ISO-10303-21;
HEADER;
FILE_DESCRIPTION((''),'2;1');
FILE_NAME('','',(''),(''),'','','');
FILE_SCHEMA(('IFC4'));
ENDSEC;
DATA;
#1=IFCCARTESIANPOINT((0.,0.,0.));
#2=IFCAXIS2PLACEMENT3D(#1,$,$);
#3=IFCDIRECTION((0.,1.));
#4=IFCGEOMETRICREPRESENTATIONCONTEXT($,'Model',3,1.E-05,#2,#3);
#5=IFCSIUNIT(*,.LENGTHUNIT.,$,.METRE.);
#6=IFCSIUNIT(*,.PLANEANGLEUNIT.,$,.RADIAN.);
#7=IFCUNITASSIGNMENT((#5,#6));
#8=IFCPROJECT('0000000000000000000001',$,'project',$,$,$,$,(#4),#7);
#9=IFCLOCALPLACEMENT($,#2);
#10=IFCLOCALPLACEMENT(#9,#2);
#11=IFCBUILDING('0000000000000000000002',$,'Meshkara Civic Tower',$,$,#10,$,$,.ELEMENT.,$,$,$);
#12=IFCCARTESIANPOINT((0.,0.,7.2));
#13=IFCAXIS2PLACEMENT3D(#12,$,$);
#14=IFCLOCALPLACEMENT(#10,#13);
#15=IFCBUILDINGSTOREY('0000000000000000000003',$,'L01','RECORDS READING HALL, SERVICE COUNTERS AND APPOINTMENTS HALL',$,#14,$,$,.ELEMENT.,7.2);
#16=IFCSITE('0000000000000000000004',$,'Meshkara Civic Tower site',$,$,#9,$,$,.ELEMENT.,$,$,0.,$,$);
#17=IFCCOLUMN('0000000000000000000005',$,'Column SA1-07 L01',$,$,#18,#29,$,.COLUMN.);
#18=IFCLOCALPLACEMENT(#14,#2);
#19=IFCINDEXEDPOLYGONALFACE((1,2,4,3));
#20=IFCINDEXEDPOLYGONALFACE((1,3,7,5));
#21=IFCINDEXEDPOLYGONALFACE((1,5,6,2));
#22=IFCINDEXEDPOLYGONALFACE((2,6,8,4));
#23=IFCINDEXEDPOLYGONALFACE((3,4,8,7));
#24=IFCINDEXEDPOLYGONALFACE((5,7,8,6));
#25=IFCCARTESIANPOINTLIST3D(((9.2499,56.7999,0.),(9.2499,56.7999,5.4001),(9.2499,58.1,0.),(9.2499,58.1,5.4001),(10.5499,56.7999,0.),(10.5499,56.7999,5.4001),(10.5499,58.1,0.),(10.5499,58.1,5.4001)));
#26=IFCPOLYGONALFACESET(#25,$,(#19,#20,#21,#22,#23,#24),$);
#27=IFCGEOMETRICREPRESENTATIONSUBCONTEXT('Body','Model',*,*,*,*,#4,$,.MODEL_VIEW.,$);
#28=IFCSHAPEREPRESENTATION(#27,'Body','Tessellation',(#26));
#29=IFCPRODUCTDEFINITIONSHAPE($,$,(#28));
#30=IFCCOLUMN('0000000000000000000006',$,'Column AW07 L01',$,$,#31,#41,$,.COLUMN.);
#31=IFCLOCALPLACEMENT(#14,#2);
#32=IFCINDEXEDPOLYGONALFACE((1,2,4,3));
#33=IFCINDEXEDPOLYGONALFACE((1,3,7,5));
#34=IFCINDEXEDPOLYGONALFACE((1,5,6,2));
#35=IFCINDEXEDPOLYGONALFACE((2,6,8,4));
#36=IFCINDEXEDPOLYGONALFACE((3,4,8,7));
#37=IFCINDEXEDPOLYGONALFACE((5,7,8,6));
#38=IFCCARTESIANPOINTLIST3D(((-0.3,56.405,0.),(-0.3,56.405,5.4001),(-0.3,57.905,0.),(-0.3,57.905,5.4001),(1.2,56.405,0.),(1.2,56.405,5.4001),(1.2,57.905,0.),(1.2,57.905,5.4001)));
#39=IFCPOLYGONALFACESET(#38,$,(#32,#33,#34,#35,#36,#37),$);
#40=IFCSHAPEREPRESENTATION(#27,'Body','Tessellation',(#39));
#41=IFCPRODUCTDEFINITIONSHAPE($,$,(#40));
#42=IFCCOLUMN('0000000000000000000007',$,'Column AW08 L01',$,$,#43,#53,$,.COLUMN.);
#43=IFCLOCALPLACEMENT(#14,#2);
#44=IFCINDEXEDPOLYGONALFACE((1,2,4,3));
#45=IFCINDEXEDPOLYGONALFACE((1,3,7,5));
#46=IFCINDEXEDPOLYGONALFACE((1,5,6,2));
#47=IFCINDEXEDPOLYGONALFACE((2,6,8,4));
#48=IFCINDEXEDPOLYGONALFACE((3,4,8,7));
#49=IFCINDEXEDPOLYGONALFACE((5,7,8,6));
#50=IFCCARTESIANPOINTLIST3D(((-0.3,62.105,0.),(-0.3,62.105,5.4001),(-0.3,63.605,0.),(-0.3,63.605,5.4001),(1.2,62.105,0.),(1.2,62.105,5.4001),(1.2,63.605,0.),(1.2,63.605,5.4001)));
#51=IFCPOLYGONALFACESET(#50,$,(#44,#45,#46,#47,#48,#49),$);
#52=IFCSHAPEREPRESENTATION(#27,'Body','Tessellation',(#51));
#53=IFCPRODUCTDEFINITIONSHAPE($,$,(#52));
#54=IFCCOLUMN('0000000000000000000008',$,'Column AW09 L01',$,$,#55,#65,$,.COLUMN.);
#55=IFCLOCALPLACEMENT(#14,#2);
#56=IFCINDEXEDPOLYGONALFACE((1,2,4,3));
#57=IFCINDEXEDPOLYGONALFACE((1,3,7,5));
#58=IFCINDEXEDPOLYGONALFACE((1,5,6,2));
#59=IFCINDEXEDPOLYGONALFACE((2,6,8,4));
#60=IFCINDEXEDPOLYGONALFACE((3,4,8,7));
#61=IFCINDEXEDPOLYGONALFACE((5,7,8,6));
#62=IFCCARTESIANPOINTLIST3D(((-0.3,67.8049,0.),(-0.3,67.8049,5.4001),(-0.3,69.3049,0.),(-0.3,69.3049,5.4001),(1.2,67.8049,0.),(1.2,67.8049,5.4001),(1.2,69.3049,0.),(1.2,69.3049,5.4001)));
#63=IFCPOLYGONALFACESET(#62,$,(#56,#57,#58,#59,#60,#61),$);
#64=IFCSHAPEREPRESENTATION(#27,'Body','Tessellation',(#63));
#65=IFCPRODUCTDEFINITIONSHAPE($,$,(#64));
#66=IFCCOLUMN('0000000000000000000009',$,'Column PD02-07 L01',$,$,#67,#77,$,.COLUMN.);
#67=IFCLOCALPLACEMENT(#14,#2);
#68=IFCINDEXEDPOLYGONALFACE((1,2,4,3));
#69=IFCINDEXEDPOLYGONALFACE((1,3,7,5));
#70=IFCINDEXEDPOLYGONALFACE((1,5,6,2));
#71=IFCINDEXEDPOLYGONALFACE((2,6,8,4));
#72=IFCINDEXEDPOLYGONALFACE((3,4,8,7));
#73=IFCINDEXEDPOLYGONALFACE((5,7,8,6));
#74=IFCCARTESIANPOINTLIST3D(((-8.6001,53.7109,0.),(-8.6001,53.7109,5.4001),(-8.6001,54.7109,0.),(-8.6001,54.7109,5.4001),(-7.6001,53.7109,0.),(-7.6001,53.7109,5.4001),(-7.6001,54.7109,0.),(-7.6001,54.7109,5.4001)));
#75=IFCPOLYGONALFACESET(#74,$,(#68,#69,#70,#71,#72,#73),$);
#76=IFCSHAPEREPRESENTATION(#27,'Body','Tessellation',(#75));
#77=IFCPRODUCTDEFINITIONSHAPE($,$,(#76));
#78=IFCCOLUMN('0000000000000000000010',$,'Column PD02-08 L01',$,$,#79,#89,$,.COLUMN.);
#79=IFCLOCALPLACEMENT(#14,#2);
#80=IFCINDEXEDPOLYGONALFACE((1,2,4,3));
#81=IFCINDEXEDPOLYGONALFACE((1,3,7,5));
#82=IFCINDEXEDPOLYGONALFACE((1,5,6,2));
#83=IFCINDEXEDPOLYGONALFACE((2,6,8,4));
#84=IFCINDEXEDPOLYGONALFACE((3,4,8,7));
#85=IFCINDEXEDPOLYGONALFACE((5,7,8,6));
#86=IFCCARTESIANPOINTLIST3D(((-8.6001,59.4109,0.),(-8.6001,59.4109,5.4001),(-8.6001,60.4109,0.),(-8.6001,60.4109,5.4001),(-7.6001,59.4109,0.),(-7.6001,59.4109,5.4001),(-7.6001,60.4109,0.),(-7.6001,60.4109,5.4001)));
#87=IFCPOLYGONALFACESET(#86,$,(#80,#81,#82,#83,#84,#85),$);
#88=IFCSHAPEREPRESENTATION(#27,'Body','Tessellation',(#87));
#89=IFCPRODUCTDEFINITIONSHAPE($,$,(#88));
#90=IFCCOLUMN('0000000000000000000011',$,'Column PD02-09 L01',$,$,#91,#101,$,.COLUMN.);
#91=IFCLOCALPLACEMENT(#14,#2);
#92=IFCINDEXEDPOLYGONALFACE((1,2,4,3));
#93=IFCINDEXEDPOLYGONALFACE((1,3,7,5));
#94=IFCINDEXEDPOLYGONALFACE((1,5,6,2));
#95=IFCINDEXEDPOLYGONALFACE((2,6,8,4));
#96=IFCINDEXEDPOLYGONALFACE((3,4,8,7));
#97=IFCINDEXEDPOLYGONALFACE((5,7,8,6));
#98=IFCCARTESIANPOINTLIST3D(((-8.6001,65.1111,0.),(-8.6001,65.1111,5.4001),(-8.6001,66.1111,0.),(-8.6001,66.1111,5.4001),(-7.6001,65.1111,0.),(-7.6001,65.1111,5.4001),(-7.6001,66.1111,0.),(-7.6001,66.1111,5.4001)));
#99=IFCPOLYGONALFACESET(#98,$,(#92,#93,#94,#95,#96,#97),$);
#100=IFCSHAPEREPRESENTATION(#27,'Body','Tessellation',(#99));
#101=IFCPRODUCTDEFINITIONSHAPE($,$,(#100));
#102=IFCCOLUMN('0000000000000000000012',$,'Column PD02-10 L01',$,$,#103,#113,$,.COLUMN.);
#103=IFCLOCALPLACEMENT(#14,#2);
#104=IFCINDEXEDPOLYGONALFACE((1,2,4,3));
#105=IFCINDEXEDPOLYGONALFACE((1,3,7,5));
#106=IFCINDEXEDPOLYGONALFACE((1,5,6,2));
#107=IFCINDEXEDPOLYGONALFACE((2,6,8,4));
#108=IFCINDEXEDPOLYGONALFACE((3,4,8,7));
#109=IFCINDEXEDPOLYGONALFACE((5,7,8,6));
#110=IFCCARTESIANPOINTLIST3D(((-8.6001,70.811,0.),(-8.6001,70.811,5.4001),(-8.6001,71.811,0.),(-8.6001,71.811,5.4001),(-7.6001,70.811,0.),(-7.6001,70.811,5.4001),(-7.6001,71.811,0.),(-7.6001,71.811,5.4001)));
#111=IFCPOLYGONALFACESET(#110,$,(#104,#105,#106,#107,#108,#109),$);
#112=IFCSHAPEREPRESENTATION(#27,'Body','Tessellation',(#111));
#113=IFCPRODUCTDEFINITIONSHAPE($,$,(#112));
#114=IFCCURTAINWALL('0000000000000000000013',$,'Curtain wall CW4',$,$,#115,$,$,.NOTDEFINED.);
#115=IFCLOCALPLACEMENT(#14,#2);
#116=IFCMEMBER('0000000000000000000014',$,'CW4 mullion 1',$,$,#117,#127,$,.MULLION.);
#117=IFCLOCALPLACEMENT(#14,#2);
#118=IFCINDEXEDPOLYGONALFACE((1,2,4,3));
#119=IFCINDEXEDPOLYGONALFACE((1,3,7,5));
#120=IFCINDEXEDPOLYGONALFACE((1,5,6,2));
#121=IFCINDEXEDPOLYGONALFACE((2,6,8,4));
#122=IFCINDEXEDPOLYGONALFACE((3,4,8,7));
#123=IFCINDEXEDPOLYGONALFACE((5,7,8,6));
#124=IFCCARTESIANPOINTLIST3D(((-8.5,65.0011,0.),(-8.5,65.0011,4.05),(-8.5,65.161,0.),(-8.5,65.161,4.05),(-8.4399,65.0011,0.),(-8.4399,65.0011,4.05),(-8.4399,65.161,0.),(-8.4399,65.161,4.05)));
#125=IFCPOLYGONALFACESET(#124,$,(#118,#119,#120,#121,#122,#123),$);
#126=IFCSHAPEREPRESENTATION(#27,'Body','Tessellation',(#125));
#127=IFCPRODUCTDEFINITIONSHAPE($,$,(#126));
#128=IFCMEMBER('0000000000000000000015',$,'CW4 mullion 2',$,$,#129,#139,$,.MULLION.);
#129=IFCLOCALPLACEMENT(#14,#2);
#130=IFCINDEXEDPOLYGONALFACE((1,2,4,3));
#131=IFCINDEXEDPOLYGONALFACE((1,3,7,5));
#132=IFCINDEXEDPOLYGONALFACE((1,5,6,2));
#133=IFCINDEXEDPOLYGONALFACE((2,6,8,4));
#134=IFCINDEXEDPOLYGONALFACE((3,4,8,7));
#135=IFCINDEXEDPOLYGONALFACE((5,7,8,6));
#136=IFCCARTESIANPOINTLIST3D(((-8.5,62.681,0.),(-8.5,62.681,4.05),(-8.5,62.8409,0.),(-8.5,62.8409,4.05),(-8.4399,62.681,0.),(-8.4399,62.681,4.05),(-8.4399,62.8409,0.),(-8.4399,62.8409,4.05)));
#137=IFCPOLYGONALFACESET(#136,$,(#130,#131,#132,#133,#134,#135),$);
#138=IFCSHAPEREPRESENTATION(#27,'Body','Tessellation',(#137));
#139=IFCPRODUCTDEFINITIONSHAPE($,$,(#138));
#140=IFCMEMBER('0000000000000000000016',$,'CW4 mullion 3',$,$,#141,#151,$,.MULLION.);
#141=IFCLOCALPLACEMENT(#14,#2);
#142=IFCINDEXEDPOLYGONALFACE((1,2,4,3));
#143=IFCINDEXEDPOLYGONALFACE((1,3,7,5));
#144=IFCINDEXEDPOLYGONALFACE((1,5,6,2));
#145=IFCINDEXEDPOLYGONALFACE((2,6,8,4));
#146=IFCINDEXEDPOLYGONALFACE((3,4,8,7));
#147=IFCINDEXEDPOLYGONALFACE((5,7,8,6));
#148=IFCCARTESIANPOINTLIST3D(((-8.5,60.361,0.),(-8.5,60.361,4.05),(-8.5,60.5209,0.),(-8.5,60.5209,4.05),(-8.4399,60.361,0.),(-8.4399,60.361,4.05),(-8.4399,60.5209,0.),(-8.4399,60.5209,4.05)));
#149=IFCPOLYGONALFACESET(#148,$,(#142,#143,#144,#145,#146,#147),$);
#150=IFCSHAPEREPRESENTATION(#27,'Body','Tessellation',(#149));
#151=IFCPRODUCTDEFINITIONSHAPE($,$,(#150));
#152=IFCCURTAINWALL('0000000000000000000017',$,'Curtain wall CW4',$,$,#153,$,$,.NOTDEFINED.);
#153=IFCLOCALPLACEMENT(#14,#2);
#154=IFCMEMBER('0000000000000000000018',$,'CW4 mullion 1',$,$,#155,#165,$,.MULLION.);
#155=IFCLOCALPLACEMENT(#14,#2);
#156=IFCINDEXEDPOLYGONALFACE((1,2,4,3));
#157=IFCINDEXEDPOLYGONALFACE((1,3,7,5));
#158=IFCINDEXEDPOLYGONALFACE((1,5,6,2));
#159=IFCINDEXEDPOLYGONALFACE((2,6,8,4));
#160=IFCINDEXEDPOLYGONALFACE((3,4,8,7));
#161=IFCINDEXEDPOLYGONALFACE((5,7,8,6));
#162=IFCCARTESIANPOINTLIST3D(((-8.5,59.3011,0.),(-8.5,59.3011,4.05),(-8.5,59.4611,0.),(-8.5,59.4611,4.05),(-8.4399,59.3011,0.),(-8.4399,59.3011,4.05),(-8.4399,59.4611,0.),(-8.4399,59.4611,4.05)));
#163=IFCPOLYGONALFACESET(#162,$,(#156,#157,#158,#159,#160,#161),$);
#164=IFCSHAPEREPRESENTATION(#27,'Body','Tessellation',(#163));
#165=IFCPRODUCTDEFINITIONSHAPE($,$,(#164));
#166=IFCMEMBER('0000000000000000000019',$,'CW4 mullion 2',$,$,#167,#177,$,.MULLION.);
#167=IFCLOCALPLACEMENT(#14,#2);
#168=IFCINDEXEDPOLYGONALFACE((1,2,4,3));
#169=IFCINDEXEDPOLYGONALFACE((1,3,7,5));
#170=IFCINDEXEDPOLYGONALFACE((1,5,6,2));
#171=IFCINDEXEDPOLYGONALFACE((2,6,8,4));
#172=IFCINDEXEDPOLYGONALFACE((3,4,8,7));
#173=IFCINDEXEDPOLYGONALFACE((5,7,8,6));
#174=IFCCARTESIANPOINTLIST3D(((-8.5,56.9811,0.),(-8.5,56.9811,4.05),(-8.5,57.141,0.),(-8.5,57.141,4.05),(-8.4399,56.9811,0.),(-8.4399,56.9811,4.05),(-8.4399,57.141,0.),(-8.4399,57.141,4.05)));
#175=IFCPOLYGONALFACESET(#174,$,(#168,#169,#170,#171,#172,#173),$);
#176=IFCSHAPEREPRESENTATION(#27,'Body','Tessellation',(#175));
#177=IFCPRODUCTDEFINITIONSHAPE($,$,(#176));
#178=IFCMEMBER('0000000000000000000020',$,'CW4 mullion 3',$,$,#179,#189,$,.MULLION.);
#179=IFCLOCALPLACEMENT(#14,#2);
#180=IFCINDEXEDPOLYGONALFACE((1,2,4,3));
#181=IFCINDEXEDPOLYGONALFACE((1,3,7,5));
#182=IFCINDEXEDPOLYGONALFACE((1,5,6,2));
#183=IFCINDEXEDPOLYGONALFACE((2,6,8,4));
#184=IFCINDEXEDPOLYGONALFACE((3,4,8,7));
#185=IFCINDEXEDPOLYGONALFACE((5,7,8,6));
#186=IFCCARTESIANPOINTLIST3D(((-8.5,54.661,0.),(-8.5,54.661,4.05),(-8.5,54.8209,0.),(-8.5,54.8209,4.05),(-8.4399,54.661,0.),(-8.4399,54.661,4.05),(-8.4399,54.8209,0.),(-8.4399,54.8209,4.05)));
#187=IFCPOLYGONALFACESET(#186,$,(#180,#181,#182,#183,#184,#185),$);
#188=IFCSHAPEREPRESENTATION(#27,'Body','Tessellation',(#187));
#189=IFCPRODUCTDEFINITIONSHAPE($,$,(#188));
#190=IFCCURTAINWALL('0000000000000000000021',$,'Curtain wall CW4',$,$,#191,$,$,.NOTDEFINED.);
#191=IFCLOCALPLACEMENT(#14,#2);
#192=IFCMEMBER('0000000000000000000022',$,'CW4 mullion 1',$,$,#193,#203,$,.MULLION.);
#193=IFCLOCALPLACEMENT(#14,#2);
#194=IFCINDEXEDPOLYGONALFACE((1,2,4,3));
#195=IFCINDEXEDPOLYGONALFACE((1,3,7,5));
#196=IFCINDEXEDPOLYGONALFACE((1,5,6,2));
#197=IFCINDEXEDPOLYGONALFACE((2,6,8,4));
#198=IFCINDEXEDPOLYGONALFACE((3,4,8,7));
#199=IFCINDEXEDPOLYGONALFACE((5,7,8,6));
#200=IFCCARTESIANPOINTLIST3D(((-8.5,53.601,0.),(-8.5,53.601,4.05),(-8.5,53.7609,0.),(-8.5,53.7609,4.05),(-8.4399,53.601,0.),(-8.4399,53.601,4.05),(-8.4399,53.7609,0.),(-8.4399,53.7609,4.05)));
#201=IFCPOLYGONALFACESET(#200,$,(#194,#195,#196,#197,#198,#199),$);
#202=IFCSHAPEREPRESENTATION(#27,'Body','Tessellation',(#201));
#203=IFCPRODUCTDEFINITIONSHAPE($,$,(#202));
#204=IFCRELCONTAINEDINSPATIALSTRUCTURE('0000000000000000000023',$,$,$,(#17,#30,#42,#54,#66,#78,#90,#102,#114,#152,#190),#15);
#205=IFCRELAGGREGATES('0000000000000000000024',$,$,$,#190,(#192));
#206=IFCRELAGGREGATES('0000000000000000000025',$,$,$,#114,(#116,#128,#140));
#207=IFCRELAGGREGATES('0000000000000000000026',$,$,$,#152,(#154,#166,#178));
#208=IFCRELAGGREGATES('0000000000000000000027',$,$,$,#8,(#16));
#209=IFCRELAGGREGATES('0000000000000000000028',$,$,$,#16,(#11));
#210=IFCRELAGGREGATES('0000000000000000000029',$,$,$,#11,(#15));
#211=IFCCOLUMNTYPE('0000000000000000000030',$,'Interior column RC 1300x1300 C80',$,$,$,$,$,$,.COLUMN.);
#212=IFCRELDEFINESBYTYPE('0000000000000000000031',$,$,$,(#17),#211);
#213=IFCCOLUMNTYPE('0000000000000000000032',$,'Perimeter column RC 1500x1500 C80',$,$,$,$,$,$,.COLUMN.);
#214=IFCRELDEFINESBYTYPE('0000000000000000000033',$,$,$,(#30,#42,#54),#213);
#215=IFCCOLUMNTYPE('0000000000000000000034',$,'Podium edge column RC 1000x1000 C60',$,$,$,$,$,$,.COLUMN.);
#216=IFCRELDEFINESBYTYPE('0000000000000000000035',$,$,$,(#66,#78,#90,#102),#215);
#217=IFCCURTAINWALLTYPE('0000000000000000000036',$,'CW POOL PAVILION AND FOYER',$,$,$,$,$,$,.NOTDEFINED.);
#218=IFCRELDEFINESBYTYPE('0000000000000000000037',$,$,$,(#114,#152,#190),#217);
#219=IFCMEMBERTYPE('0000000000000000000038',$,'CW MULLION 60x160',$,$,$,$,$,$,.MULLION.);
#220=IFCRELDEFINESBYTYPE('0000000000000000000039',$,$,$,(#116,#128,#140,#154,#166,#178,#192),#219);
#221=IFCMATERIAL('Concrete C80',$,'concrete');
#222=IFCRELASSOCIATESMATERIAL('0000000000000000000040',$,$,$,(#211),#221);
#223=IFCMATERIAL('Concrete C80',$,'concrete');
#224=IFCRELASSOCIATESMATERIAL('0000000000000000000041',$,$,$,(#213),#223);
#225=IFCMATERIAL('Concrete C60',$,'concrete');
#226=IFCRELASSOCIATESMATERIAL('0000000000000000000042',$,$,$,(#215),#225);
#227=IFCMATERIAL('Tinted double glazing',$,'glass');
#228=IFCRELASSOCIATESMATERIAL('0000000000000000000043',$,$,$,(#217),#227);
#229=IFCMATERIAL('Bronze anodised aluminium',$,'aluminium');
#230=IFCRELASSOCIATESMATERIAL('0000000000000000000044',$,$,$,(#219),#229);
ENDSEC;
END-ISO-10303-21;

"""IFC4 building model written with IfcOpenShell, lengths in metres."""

from ifc_helpers import new_model, si_unit, direction, frame, origin, origin_2d, place, context, subcontext, project, spatial, rectangle, extrude, material, material_profile, profile_set, type_object, element, aggregate, save


model = new_model("IFC4")

# Units and contexts
model_context = context("Model", 3, precision=1e-05, world=origin(), true_north=direction((0.0, 1.0)))
body_context = subcontext(model_context, "Body", "Model", "MODEL_VIEW")
ifc_project = project(units=[si_unit("LENGTHUNIT", "METRE"), si_unit("PLANEANGLEUNIT", "RADIAN")], contexts=[model_context])

# Site, building, storey
site_placement = place(None, origin())
site = spatial("IfcSite", under=ifc_project, at=site_placement, Name="Meshkara Civic Tower site", CompositionType="ELEMENT", RefElevation=0.0)
building_placement = place(site_placement, origin())
building = spatial("IfcBuilding", under=site, at=building_placement, Name="Meshkara Civic Tower", CompositionType="ELEMENT")
storey_placement = place(building_placement, frame((0.0, 0.0, 7.2)))
storey = spatial("IfcBuildingStorey", under=building, at=storey_placement, Name="L01", Description="RECORDS READING HALL, SERVICE COUNTERS AND APPOINTMENTS HALL", CompositionType="ELEMENT", Elevation=7.2)

# Columns
ifc_material_1 = material(Name="Concrete C80", Category="concrete")
ifc_material_profile_1 = material_profile(ifc_material_1, rectangle(XDim=1.3, YDim=1.3, at=origin_2d()))
ifc_profile_set_1 = profile_set([ifc_material_profile_1], Name="Concrete C80")
column_type_1 = type_object("IfcColumnType", Name="Interior column RC 1300x1300 C80", PredefinedType="COLUMN", material=ifc_profile_set_1)
column_placement = place(storey_placement, frame((9.8999, 57.45, 0.0), z_axis=(0.0, 0.0, 1.0), x_axis=(1.0, 0.0, 0.0)))
element("IfcColumn", 1, at=column_placement, inside=storey, type_object=column_type_1, Name="Column SA1-07 L01", PredefinedType="COLUMN", context=body_context, shape_type="SweptSolid", body=[
    extrude(rectangle(XDim=1.3, YDim=1.3, at=origin_2d()), origin(), (0.0, 0.0, 1.0), 5.4001),
])
ifc_material_2 = material(Name="Concrete C80", Category="concrete")
ifc_material_profile_2 = material_profile(ifc_material_2, rectangle(XDim=1.5, YDim=1.5, at=origin_2d()))
ifc_profile_set_2 = profile_set([ifc_material_profile_2], Name="Concrete C80")
column_type_2 = type_object("IfcColumnType", Name="Perimeter column RC 1500x1500 C80", PredefinedType="COLUMN", material=ifc_profile_set_2)
for number, where, z_axis, x_axis, name in (
    (2, (0.45, 57.155, 0.0), (0.0, 0.0, 1.0), (1.0, 0.0, 0.0), "Column AW07 L01"),
    (3, (0.45, 62.855, 0.0), (0.0, 0.0, 1.0), (1.0, 0.0, 0.0), "Column AW08 L01"),
    (4, (0.45, 68.5549, 0.0), (0.0, 0.0, 1.0), (1.0, 0.0, 0.0), "Column AW09 L01"),
):
    element("IfcColumn", number, at=place(storey_placement, frame(where, z_axis=z_axis, x_axis=x_axis)), inside=storey, type_object=column_type_2, Name=name, PredefinedType="COLUMN", context=body_context, shape_type="SweptSolid", body=[
        extrude(rectangle(XDim=1.5, YDim=1.5, at=origin_2d()), origin(), (0.0, 0.0, 1.0), 5.4001),
    ])
ifc_material_3 = material(Name="Concrete C60", Category="concrete")
ifc_material_profile_3 = material_profile(ifc_material_3, rectangle(XDim=1.0, YDim=1.0, at=origin_2d()))
ifc_profile_set_3 = profile_set([ifc_material_profile_3], Name="Concrete C60")
column_type_3 = type_object("IfcColumnType", Name="Podium edge column RC 1000x1000 C60", PredefinedType="COLUMN", material=ifc_profile_set_3)
for number, where, z_axis, x_axis, name in (
    (5, (-8.1001, 54.2109, 0.0), (0.0, 0.0, 1.0), (1.0, 0.0, 0.0), "Column PD02-07 L01"),
    (6, (-8.1001, 59.9109, 0.0), (0.0, 0.0, 1.0), (1.0, 0.0, 0.0), "Column PD02-08 L01"),
    (7, (-8.1001, 65.6111, 0.0), (0.0, 0.0, 1.0), (1.0, 0.0, 0.0), "Column PD02-09 L01"),
    (8, (-8.1001, 71.311, 0.0), (0.0, 0.0, 1.0), (1.0, 0.0, 0.0), "Column PD02-10 L01"),
):
    element("IfcColumn", number, at=place(storey_placement, frame(where, z_axis=z_axis, x_axis=x_axis)), inside=storey, type_object=column_type_3, Name=name, PredefinedType="COLUMN", context=body_context, shape_type="SweptSolid", body=[
        extrude(rectangle(XDim=1.0, YDim=1.0, at=origin_2d()), origin(), (0.0, 0.0, 1.0), 5.4001),
    ])

# Curtain walls, members
ifc_material_4 = material(Name="Tinted double glazing", Category="glass")
curtain_wall_type = type_object("IfcCurtainWallType", Name="CW POOL PAVILION AND FOYER", PredefinedType="NOTDEFINED", material=ifc_material_4)
curtain_wall_1_placement = place(storey_placement, origin())
curtain_wall_1 = element("IfcCurtainWall", 9, at=curtain_wall_1_placement, inside=storey, type_object=curtain_wall_type, Name="Curtain wall CW4", PredefinedType="NOTDEFINED")
ifc_material_5 = material(Name="Bronze anodised aluminium", Category="aluminium")
ifc_material_profile_4 = material_profile(ifc_material_5, rectangle(XDim=0.0601, YDim=0.1599, at=origin_2d()))
ifc_profile_set_4 = profile_set([ifc_material_profile_4], Name="Bronze anodised aluminium")
member_type_1 = type_object("IfcMemberType", Name="CW MULLION 60x160", PredefinedType="MULLION", material=ifc_profile_set_4)
member_1_placement = place(storey_placement, frame((-8.47, 65.0811, 0.0), z_axis=(0.0, 0.0, 1.0), x_axis=(1.0, 0.0, 0.0)))
member_1 = element("IfcMember", 10, at=member_1_placement, type_object=member_type_1, Name="CW4 mullion 1", PredefinedType="MULLION", context=body_context, shape_type="SweptSolid", body=[
    extrude(rectangle(XDim=0.0601, YDim=0.1599, at=origin_2d()), origin(), (0.0, 0.0, 1.0), 4.05),
])
member_2_placement = place(storey_placement, frame((-8.47, 62.761, 0.0), z_axis=(0.0, 0.0, 1.0), x_axis=(1.0, 0.0, 0.0)))
member_2 = element("IfcMember", 11, at=member_2_placement, type_object=member_type_1, Name="CW4 mullion 2", PredefinedType="MULLION", context=body_context, shape_type="SweptSolid", body=[
    extrude(rectangle(XDim=0.0601, YDim=0.1599, at=origin_2d()), origin(), (0.0, 0.0, 1.0), 4.05),
])
member_3_placement = place(storey_placement, frame((-8.47, 60.4409, 0.0), z_axis=(0.0, 0.0, 1.0), x_axis=(1.0, 0.0, 0.0)))
member_3 = element("IfcMember", 12, at=member_3_placement, type_object=member_type_1, Name="CW4 mullion 3", PredefinedType="MULLION", context=body_context, shape_type="SweptSolid", body=[
    extrude(rectangle(XDim=0.0601, YDim=0.1599, at=origin_2d()), origin(), (0.0, 0.0, 1.0), 4.05),
])
curtain_wall_2_placement = place(storey_placement, origin())
curtain_wall_2 = element("IfcCurtainWall", 13, at=curtain_wall_2_placement, inside=storey, type_object=curtain_wall_type, Name="Curtain wall CW4", PredefinedType="NOTDEFINED")
member_4_placement = place(storey_placement, frame((-8.47, 59.3811, 0.0), z_axis=(0.0, 0.0, 1.0), x_axis=(1.0, 0.0, 0.0)))
member_4 = element("IfcMember", 14, at=member_4_placement, type_object=member_type_1, Name="CW4 mullion 1", PredefinedType="MULLION", context=body_context, shape_type="SweptSolid", body=[
    extrude(rectangle(XDim=0.0601, YDim=0.1599, at=origin_2d()), origin(), (0.0, 0.0, 1.0), 4.05),
])
member_5_placement = place(storey_placement, frame((-8.47, 57.061, 0.0), z_axis=(0.0, 0.0, 1.0), x_axis=(1.0, 0.0, 0.0)))
member_5 = element("IfcMember", 15, at=member_5_placement, type_object=member_type_1, Name="CW4 mullion 2", PredefinedType="MULLION", context=body_context, shape_type="SweptSolid", body=[
    extrude(rectangle(XDim=0.0601, YDim=0.1599, at=origin_2d()), origin(), (0.0, 0.0, 1.0), 4.05),
])
member_6_placement = place(storey_placement, frame((-8.47, 54.741, 0.0), z_axis=(0.0, 0.0, 1.0), x_axis=(1.0, 0.0, 0.0)))
member_6 = element("IfcMember", 16, at=member_6_placement, type_object=member_type_1, Name="CW4 mullion 3", PredefinedType="MULLION", context=body_context, shape_type="SweptSolid", body=[
    extrude(rectangle(XDim=0.0601, YDim=0.1599, at=origin_2d()), origin(), (0.0, 0.0, 1.0), 4.05),
])

# Curtain wall, member
curtain_wall_3_placement = place(storey_placement, origin())
curtain_wall_3 = element("IfcCurtainWall", 17, at=curtain_wall_3_placement, inside=storey, type_object=curtain_wall_type, Name="Curtain wall CW4", PredefinedType="NOTDEFINED")
member_7_placement = place(storey_placement, frame((-8.47, 53.6809, 0.0), z_axis=(0.0, 0.0, 1.0), x_axis=(1.0, 0.0, 0.0)))
member_7 = element("IfcMember", 18, at=member_7_placement, type_object=member_type_1, Name="CW4 mullion 1", PredefinedType="MULLION", context=body_context, shape_type="SweptSolid", body=[
    extrude(rectangle(XDim=0.0601, YDim=0.1599, at=origin_2d()), origin(), (0.0, 0.0, 1.0), 4.05),
])

aggregate(curtain_wall_3, [member_7])

aggregate(curtain_wall_1, [member_1, member_2, member_3])
aggregate(curtain_wall_2, [member_4, member_5, member_6])

save(model, "model.ifc")
